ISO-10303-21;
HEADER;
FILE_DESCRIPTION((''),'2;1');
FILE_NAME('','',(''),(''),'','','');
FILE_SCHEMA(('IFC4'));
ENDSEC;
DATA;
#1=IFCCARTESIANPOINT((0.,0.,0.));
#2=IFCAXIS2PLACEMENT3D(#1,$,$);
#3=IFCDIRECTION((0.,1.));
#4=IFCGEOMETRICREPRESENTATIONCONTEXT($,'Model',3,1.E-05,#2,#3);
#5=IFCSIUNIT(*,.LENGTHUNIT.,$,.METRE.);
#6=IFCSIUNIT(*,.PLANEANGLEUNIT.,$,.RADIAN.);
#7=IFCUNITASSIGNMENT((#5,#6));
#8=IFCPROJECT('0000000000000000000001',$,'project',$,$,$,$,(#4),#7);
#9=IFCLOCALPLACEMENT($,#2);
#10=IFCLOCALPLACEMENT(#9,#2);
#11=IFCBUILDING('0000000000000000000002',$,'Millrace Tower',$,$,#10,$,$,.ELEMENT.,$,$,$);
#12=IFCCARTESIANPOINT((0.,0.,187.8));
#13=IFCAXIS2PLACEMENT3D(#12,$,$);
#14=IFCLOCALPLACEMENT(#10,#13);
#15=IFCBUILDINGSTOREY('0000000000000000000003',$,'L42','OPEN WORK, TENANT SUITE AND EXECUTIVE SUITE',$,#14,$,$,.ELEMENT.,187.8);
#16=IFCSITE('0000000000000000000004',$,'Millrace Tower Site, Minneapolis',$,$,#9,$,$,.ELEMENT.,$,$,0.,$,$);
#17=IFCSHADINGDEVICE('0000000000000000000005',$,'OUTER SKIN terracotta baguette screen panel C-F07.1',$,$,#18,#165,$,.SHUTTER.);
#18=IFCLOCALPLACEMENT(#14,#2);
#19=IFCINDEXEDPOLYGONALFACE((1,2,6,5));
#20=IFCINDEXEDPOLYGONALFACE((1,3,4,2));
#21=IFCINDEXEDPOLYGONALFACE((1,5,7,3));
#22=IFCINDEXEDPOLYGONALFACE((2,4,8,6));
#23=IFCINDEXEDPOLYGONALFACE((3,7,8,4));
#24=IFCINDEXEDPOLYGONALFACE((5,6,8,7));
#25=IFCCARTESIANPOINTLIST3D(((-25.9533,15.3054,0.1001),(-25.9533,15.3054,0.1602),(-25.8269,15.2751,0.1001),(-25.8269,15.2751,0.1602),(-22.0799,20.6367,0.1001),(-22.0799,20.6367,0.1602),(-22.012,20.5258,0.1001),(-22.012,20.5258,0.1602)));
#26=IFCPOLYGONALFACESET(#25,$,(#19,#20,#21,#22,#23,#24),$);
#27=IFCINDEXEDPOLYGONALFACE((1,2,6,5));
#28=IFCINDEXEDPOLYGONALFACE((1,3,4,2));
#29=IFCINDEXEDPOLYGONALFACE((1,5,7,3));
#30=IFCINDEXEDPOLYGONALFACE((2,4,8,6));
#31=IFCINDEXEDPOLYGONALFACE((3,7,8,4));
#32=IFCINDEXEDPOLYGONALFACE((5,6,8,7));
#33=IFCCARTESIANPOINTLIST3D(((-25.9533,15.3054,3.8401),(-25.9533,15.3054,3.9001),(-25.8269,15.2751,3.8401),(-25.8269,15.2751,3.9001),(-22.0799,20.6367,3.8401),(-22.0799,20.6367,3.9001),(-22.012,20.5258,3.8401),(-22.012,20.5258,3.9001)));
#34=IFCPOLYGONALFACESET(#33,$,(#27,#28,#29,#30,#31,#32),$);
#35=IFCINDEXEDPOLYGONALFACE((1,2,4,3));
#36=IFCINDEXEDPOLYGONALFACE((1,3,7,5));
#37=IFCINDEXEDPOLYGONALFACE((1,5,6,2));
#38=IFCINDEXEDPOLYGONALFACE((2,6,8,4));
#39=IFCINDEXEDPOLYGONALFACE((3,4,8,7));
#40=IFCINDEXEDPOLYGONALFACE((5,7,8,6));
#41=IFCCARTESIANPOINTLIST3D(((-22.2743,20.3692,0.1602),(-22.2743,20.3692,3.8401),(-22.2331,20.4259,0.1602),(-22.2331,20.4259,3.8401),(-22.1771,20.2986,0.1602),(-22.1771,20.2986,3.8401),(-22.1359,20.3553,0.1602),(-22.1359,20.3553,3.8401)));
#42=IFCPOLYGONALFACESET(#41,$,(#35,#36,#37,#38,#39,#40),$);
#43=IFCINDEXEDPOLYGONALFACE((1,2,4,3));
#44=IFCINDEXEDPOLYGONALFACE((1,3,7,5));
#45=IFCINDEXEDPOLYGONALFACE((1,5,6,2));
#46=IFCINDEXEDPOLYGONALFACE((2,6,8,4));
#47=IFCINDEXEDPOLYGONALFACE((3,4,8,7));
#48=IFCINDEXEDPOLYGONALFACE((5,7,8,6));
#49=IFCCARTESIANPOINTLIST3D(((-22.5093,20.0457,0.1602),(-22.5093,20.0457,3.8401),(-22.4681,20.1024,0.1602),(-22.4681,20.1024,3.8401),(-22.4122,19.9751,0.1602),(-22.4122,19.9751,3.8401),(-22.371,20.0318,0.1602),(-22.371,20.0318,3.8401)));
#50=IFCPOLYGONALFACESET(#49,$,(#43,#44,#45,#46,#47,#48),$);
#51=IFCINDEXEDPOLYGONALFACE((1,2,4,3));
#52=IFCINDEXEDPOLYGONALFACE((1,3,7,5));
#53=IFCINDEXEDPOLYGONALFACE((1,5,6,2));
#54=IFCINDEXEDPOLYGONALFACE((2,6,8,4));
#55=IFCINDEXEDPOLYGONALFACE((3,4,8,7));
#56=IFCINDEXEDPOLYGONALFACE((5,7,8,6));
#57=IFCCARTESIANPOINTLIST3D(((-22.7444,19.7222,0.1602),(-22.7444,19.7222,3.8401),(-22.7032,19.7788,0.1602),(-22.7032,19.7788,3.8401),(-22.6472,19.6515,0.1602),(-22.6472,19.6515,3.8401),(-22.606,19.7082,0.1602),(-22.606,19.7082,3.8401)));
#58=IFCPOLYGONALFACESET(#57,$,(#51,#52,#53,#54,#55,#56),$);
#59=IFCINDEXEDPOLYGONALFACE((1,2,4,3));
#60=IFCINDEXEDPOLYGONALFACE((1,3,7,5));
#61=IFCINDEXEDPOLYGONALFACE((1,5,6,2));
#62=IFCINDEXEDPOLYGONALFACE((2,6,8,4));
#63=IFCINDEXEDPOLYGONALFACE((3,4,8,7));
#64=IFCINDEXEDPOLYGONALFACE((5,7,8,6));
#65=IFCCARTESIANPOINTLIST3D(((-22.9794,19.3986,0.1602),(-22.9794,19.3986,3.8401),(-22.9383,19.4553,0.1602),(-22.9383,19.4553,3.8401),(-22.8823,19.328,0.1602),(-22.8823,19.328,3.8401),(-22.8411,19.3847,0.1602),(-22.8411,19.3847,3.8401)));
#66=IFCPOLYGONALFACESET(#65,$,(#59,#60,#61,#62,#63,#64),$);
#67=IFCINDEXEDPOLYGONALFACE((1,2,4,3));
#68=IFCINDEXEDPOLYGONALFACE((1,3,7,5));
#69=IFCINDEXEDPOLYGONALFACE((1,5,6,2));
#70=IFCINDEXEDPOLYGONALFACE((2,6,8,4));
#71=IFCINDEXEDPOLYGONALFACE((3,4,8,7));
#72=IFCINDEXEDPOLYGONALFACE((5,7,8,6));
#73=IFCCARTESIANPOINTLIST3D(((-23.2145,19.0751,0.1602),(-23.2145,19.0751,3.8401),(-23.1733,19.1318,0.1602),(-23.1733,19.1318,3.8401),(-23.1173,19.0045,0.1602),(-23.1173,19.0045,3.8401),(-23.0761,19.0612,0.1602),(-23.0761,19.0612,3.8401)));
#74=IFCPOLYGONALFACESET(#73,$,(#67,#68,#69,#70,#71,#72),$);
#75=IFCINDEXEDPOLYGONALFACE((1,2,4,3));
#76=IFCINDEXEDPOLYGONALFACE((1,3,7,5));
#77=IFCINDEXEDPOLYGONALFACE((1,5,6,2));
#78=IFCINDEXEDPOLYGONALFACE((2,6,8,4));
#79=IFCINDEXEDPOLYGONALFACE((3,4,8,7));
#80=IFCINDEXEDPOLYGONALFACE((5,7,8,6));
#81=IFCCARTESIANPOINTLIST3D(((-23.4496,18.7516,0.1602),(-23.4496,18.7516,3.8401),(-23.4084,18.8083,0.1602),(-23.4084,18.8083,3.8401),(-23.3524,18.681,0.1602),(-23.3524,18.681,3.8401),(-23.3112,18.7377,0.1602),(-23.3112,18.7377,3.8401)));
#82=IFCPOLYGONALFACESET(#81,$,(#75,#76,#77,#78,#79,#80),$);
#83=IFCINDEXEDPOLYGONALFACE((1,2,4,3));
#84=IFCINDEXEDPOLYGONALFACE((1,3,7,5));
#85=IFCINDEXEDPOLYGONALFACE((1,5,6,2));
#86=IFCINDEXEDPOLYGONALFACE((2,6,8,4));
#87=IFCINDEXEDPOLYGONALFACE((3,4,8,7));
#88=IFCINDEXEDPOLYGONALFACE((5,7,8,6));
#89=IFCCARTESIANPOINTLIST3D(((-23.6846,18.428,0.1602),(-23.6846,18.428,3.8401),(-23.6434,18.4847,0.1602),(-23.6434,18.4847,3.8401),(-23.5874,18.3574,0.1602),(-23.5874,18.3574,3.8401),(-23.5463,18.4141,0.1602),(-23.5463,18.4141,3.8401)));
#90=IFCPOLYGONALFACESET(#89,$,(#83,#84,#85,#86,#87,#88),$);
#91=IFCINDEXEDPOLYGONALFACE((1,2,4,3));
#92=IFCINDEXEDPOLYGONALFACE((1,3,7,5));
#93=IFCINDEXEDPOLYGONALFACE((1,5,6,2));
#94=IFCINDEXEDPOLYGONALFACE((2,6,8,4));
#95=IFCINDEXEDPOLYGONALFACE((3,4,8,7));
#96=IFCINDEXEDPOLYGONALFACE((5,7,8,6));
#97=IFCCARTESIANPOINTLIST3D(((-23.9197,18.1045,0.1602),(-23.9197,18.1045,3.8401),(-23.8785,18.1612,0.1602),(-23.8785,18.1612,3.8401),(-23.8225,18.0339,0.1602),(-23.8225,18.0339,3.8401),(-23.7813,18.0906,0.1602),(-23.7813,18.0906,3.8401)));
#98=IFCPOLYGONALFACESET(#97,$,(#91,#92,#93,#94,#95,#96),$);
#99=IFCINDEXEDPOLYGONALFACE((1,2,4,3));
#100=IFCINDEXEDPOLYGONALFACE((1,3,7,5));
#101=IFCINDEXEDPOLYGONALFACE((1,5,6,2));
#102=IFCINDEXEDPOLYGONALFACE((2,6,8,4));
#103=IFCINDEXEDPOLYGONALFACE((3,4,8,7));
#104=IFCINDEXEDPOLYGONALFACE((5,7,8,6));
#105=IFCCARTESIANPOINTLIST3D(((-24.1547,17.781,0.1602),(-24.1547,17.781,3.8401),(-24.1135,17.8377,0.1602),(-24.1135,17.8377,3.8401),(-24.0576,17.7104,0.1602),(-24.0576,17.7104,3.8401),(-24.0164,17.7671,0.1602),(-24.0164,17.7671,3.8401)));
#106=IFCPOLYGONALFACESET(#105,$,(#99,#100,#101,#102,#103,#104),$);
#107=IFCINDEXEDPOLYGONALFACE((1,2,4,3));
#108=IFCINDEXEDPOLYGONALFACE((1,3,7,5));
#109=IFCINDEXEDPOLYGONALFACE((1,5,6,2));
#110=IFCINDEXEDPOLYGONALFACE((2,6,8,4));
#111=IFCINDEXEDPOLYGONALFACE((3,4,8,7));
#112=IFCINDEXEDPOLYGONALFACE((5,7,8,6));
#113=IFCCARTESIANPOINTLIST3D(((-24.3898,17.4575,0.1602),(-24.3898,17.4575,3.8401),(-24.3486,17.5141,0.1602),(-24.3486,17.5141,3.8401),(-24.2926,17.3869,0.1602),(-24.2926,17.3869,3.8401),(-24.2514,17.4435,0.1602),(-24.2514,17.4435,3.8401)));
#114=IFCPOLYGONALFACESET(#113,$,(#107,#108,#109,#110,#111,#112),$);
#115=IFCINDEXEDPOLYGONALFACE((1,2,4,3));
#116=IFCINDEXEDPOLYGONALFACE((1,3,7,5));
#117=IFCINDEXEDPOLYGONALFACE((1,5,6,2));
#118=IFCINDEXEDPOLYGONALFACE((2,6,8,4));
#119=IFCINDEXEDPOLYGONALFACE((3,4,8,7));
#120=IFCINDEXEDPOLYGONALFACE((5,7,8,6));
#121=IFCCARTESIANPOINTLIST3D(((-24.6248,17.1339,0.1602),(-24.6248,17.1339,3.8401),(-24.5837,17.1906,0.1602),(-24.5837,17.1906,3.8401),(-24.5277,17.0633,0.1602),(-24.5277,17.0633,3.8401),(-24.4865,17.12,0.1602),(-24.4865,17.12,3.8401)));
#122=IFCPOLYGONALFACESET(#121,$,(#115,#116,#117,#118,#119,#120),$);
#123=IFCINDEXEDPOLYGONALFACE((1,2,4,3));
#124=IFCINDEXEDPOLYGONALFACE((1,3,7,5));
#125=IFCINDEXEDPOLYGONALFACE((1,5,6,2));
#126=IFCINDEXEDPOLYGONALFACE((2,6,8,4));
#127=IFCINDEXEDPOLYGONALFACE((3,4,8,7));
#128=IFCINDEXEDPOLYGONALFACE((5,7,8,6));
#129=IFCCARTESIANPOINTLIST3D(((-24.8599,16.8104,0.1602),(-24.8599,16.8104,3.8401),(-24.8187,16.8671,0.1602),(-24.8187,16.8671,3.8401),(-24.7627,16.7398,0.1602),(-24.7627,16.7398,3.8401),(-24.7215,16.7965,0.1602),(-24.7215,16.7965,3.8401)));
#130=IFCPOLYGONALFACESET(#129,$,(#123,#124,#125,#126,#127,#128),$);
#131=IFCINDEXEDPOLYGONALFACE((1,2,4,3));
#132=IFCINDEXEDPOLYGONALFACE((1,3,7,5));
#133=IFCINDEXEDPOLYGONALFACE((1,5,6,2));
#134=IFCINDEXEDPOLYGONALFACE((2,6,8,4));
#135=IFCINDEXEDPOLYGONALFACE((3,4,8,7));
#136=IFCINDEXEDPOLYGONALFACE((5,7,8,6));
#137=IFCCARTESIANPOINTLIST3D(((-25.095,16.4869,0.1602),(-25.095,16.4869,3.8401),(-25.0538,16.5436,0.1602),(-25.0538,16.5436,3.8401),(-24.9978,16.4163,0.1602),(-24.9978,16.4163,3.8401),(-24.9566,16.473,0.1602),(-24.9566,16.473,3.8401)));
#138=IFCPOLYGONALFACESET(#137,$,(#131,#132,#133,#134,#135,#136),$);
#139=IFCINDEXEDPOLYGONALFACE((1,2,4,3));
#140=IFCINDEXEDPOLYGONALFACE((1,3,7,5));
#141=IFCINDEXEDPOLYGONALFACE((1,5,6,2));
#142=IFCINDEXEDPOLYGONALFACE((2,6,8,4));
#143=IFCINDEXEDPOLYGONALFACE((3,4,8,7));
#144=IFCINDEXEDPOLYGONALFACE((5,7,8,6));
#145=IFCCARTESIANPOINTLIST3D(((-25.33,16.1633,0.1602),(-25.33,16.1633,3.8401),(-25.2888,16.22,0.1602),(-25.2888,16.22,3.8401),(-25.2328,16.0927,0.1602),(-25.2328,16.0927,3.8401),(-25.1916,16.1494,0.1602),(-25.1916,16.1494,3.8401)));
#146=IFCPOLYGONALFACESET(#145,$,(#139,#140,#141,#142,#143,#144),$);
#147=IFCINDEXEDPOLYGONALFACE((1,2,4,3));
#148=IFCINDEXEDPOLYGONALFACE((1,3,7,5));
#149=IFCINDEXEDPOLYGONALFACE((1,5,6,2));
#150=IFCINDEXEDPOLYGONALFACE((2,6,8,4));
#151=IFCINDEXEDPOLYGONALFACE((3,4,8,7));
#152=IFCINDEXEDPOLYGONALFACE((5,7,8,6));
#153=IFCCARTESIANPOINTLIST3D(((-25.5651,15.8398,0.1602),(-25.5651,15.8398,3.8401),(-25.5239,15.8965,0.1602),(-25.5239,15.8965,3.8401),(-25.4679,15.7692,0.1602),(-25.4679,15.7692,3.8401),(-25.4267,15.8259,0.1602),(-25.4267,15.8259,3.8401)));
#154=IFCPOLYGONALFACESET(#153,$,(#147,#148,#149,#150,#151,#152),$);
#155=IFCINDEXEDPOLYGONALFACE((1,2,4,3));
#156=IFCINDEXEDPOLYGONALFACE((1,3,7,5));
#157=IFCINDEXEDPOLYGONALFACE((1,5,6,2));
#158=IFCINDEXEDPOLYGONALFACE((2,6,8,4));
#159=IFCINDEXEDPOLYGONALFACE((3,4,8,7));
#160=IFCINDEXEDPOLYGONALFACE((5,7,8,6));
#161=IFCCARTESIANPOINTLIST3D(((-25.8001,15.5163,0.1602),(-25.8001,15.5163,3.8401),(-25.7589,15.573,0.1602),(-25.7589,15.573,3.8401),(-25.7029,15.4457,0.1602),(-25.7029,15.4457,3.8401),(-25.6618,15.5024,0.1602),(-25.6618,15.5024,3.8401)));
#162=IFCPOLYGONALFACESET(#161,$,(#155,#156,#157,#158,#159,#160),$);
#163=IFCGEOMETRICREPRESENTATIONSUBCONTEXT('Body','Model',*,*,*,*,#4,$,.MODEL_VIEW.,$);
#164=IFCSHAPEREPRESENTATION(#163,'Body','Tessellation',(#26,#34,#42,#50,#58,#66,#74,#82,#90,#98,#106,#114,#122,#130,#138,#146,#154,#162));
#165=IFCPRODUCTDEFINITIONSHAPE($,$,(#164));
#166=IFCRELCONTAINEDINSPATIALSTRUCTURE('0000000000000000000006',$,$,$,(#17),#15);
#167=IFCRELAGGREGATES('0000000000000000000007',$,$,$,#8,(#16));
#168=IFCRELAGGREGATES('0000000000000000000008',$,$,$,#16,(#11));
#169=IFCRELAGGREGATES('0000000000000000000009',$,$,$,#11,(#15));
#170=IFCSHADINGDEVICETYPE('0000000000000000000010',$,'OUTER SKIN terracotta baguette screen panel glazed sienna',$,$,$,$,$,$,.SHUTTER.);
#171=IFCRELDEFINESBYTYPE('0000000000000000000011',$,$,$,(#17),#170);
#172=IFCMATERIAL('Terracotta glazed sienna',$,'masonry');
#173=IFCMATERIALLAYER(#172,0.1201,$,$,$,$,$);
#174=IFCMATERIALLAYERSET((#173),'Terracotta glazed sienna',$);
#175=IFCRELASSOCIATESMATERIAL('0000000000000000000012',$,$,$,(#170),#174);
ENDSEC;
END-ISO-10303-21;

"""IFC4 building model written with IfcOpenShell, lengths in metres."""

from ifc_helpers import new_model, entity, si_unit, direction, frame, frame_2d, origin, place, context, subcontext, project, spatial, rectangle, extrude, source, transform, mapped, material, layer, layer_set, type_object, element, save


model = new_model("IFC4")

# Units and contexts
model_context = context("Model", 3, precision=1e-05, world=origin(), true_north=direction((0.0, 1.0)))
body_context = subcontext(model_context, "Body", "Model", "MODEL_VIEW")
ifc_project = project(units=[si_unit("LENGTHUNIT", "METRE"), si_unit("PLANEANGLEUNIT", "RADIAN")], contexts=[model_context])

# Site, building, storey
site_placement = place(None, origin())
site = spatial("IfcSite", under=ifc_project, at=site_placement, Name="Millrace Tower Site, Minneapolis", CompositionType="ELEMENT", RefElevation=0.0)
building_placement = place(site_placement, origin())
building = spatial("IfcBuilding", under=site, at=building_placement, Name="Millrace Tower", CompositionType="ELEMENT")
storey_placement = place(building_placement, frame((0.0, 0.0, 187.8)))
storey = spatial("IfcBuildingStorey", under=building, at=storey_placement, Name="L42", Description="OPEN WORK, TENANT SUITE AND EXECUTIVE SUITE", CompositionType="ELEMENT", Elevation=187.8)

# Shading device
ifc_material_1 = material(Name="Terracotta glazed sienna", Category="masonry")
ifc_layer_1 = layer(ifc_material_1, 0.1201)
ifc_layer_set_1 = layer_set([ifc_layer_1], Name="Terracotta glazed sienna")
shading_device_type = type_object("IfcShadingDeviceType", Name="OUTER SKIN terracotta baguette screen panel glazed sienna", PredefinedType="SHUTTER", material=ifc_layer_set_1)
cartesian_point_1 = entity("IfcCartesianPoint", [-3.2451, 0.0601])
shared_polyline_1 = entity("IfcPolyline", [cartesian_point_1, entity("IfcCartesianPoint", [3.2451, 0.0601]), entity("IfcCartesianPoint", [3.2949, -0.0601]), entity("IfcCartesianPoint", [-3.2949, -0.0601]), cartesian_point_1])
shared_shape_1 = source(origin(), body_context, "Body", "SweptSolid", [
    entity("IfcExtrudedAreaSolid", entity("IfcArbitraryClosedProfileDef", "AREA", None, shared_polyline_1), entity("IfcAxis2Placement3D", entity("IfcCartesianPoint", [0.0, 0.0, 0.0])), entity("IfcDirection", [0.0, 0.0, 1.0]), 0.0601),
    entity("IfcExtrudedAreaSolid", entity("IfcArbitraryClosedProfileDef", "AREA", None, shared_polyline_1), entity("IfcAxis2Placement3D", entity("IfcCartesianPoint", [0.0, 0.0, 3.74])), entity("IfcDirection", [0.0, 0.0, 1.0]), 0.0601),
    extrude(rectangle(XDim=0.0701, YDim=0.1201, at=frame_2d((-2.9993, 0.0))), frame((0.0, 0.0, 0.0601)), (0.0, 0.0, 1.0), 3.6799),
    extrude(rectangle(XDim=0.0701, YDim=0.1201, at=frame_2d((-2.5994, 0.0))), frame((0.0, 0.0, 0.0601)), (0.0, 0.0, 1.0), 3.6799),
    extrude(rectangle(XDim=0.0701, YDim=0.1201, at=frame_2d((-2.1995, 0.0))), frame((0.0, 0.0, 0.0601)), (0.0, 0.0, 1.0), 3.6799),
    extrude(rectangle(XDim=0.0701, YDim=0.1201, at=frame_2d((-1.7996, 0.0))), frame((0.0, 0.0, 0.0601)), (0.0, 0.0, 1.0), 3.6799),
    extrude(rectangle(XDim=0.0701, YDim=0.1201, at=frame_2d((-1.3997, 0.0))), frame((0.0, 0.0, 0.0601)), (0.0, 0.0, 1.0), 3.6799),
    extrude(rectangle(XDim=0.0701, YDim=0.1201, at=frame_2d((-0.9998, 0.0))), frame((0.0, 0.0, 0.0601)), (0.0, 0.0, 1.0), 3.6799),
    extrude(rectangle(XDim=0.0701, YDim=0.1201, at=frame_2d((-0.5999, 0.0))), frame((0.0, 0.0, 0.0601)), (0.0, 0.0, 1.0), 3.6799),
    extrude(rectangle(XDim=0.0701, YDim=0.1201, at=frame_2d((-0.2, 0.0))), frame((0.0, 0.0, 0.0601)), (0.0, 0.0, 1.0), 3.6799),
    extrude(rectangle(XDim=0.0701, YDim=0.1201, at=frame_2d((0.2, 0.0))), frame((0.0, 0.0, 0.0601)), (0.0, 0.0, 1.0), 3.6799),
    extrude(rectangle(XDim=0.0701, YDim=0.1201, at=frame_2d((0.5999, 0.0))), frame((0.0, 0.0, 0.0601)), (0.0, 0.0, 1.0), 3.6799),
    extrude(rectangle(XDim=0.0701, YDim=0.1201, at=frame_2d((0.9998, 0.0))), frame((0.0, 0.0, 0.0601)), (0.0, 0.0, 1.0), 3.6799),
    extrude(rectangle(XDim=0.0701, YDim=0.1201, at=frame_2d((1.3997, 0.0))), frame((0.0, 0.0, 0.0601)), (0.0, 0.0, 1.0), 3.6799),
    extrude(rectangle(XDim=0.0701, YDim=0.1201, at=frame_2d((1.7996, 0.0))), frame((0.0, 0.0, 0.0601)), (0.0, 0.0, 1.0), 3.6799),
    extrude(rectangle(XDim=0.0701, YDim=0.1201, at=frame_2d((2.1995, 0.0))), frame((0.0, 0.0, 0.0601)), (0.0, 0.0, 1.0), 3.6799),
    extrude(rectangle(XDim=0.0701, YDim=0.1201, at=frame_2d((2.5994, 0.0))), frame((0.0, 0.0, 0.0601)), (0.0, 0.0, 1.0), 3.6799),
    extrude(rectangle(XDim=0.0701, YDim=0.1201, at=frame_2d((2.9993, 0.0))), frame((0.0, 0.0, 0.0601)), (0.0, 0.0, 1.0), 3.6799),
])
shading_device_1_placement = place(storey_placement, frame((-23.968, 17.9358, 0.1001), z_axis=(0.0, 0.0, 1.0), x_axis=(-0.587785, -0.809017, 0.0)))
element("IfcShadingDevice", 1, at=shading_device_1_placement, inside=storey, type_object=shading_device_type, Name="OUTER SKIN terracotta baguette screen panel C-F07.1", PredefinedType="SHUTTER", context=body_context, shape_type="MappedRepresentation", body=[
    mapped(shared_shape_1, transform((0.0, 0.0, 0.0), scale=1.0)),
])

save(model, "model.ifc")
